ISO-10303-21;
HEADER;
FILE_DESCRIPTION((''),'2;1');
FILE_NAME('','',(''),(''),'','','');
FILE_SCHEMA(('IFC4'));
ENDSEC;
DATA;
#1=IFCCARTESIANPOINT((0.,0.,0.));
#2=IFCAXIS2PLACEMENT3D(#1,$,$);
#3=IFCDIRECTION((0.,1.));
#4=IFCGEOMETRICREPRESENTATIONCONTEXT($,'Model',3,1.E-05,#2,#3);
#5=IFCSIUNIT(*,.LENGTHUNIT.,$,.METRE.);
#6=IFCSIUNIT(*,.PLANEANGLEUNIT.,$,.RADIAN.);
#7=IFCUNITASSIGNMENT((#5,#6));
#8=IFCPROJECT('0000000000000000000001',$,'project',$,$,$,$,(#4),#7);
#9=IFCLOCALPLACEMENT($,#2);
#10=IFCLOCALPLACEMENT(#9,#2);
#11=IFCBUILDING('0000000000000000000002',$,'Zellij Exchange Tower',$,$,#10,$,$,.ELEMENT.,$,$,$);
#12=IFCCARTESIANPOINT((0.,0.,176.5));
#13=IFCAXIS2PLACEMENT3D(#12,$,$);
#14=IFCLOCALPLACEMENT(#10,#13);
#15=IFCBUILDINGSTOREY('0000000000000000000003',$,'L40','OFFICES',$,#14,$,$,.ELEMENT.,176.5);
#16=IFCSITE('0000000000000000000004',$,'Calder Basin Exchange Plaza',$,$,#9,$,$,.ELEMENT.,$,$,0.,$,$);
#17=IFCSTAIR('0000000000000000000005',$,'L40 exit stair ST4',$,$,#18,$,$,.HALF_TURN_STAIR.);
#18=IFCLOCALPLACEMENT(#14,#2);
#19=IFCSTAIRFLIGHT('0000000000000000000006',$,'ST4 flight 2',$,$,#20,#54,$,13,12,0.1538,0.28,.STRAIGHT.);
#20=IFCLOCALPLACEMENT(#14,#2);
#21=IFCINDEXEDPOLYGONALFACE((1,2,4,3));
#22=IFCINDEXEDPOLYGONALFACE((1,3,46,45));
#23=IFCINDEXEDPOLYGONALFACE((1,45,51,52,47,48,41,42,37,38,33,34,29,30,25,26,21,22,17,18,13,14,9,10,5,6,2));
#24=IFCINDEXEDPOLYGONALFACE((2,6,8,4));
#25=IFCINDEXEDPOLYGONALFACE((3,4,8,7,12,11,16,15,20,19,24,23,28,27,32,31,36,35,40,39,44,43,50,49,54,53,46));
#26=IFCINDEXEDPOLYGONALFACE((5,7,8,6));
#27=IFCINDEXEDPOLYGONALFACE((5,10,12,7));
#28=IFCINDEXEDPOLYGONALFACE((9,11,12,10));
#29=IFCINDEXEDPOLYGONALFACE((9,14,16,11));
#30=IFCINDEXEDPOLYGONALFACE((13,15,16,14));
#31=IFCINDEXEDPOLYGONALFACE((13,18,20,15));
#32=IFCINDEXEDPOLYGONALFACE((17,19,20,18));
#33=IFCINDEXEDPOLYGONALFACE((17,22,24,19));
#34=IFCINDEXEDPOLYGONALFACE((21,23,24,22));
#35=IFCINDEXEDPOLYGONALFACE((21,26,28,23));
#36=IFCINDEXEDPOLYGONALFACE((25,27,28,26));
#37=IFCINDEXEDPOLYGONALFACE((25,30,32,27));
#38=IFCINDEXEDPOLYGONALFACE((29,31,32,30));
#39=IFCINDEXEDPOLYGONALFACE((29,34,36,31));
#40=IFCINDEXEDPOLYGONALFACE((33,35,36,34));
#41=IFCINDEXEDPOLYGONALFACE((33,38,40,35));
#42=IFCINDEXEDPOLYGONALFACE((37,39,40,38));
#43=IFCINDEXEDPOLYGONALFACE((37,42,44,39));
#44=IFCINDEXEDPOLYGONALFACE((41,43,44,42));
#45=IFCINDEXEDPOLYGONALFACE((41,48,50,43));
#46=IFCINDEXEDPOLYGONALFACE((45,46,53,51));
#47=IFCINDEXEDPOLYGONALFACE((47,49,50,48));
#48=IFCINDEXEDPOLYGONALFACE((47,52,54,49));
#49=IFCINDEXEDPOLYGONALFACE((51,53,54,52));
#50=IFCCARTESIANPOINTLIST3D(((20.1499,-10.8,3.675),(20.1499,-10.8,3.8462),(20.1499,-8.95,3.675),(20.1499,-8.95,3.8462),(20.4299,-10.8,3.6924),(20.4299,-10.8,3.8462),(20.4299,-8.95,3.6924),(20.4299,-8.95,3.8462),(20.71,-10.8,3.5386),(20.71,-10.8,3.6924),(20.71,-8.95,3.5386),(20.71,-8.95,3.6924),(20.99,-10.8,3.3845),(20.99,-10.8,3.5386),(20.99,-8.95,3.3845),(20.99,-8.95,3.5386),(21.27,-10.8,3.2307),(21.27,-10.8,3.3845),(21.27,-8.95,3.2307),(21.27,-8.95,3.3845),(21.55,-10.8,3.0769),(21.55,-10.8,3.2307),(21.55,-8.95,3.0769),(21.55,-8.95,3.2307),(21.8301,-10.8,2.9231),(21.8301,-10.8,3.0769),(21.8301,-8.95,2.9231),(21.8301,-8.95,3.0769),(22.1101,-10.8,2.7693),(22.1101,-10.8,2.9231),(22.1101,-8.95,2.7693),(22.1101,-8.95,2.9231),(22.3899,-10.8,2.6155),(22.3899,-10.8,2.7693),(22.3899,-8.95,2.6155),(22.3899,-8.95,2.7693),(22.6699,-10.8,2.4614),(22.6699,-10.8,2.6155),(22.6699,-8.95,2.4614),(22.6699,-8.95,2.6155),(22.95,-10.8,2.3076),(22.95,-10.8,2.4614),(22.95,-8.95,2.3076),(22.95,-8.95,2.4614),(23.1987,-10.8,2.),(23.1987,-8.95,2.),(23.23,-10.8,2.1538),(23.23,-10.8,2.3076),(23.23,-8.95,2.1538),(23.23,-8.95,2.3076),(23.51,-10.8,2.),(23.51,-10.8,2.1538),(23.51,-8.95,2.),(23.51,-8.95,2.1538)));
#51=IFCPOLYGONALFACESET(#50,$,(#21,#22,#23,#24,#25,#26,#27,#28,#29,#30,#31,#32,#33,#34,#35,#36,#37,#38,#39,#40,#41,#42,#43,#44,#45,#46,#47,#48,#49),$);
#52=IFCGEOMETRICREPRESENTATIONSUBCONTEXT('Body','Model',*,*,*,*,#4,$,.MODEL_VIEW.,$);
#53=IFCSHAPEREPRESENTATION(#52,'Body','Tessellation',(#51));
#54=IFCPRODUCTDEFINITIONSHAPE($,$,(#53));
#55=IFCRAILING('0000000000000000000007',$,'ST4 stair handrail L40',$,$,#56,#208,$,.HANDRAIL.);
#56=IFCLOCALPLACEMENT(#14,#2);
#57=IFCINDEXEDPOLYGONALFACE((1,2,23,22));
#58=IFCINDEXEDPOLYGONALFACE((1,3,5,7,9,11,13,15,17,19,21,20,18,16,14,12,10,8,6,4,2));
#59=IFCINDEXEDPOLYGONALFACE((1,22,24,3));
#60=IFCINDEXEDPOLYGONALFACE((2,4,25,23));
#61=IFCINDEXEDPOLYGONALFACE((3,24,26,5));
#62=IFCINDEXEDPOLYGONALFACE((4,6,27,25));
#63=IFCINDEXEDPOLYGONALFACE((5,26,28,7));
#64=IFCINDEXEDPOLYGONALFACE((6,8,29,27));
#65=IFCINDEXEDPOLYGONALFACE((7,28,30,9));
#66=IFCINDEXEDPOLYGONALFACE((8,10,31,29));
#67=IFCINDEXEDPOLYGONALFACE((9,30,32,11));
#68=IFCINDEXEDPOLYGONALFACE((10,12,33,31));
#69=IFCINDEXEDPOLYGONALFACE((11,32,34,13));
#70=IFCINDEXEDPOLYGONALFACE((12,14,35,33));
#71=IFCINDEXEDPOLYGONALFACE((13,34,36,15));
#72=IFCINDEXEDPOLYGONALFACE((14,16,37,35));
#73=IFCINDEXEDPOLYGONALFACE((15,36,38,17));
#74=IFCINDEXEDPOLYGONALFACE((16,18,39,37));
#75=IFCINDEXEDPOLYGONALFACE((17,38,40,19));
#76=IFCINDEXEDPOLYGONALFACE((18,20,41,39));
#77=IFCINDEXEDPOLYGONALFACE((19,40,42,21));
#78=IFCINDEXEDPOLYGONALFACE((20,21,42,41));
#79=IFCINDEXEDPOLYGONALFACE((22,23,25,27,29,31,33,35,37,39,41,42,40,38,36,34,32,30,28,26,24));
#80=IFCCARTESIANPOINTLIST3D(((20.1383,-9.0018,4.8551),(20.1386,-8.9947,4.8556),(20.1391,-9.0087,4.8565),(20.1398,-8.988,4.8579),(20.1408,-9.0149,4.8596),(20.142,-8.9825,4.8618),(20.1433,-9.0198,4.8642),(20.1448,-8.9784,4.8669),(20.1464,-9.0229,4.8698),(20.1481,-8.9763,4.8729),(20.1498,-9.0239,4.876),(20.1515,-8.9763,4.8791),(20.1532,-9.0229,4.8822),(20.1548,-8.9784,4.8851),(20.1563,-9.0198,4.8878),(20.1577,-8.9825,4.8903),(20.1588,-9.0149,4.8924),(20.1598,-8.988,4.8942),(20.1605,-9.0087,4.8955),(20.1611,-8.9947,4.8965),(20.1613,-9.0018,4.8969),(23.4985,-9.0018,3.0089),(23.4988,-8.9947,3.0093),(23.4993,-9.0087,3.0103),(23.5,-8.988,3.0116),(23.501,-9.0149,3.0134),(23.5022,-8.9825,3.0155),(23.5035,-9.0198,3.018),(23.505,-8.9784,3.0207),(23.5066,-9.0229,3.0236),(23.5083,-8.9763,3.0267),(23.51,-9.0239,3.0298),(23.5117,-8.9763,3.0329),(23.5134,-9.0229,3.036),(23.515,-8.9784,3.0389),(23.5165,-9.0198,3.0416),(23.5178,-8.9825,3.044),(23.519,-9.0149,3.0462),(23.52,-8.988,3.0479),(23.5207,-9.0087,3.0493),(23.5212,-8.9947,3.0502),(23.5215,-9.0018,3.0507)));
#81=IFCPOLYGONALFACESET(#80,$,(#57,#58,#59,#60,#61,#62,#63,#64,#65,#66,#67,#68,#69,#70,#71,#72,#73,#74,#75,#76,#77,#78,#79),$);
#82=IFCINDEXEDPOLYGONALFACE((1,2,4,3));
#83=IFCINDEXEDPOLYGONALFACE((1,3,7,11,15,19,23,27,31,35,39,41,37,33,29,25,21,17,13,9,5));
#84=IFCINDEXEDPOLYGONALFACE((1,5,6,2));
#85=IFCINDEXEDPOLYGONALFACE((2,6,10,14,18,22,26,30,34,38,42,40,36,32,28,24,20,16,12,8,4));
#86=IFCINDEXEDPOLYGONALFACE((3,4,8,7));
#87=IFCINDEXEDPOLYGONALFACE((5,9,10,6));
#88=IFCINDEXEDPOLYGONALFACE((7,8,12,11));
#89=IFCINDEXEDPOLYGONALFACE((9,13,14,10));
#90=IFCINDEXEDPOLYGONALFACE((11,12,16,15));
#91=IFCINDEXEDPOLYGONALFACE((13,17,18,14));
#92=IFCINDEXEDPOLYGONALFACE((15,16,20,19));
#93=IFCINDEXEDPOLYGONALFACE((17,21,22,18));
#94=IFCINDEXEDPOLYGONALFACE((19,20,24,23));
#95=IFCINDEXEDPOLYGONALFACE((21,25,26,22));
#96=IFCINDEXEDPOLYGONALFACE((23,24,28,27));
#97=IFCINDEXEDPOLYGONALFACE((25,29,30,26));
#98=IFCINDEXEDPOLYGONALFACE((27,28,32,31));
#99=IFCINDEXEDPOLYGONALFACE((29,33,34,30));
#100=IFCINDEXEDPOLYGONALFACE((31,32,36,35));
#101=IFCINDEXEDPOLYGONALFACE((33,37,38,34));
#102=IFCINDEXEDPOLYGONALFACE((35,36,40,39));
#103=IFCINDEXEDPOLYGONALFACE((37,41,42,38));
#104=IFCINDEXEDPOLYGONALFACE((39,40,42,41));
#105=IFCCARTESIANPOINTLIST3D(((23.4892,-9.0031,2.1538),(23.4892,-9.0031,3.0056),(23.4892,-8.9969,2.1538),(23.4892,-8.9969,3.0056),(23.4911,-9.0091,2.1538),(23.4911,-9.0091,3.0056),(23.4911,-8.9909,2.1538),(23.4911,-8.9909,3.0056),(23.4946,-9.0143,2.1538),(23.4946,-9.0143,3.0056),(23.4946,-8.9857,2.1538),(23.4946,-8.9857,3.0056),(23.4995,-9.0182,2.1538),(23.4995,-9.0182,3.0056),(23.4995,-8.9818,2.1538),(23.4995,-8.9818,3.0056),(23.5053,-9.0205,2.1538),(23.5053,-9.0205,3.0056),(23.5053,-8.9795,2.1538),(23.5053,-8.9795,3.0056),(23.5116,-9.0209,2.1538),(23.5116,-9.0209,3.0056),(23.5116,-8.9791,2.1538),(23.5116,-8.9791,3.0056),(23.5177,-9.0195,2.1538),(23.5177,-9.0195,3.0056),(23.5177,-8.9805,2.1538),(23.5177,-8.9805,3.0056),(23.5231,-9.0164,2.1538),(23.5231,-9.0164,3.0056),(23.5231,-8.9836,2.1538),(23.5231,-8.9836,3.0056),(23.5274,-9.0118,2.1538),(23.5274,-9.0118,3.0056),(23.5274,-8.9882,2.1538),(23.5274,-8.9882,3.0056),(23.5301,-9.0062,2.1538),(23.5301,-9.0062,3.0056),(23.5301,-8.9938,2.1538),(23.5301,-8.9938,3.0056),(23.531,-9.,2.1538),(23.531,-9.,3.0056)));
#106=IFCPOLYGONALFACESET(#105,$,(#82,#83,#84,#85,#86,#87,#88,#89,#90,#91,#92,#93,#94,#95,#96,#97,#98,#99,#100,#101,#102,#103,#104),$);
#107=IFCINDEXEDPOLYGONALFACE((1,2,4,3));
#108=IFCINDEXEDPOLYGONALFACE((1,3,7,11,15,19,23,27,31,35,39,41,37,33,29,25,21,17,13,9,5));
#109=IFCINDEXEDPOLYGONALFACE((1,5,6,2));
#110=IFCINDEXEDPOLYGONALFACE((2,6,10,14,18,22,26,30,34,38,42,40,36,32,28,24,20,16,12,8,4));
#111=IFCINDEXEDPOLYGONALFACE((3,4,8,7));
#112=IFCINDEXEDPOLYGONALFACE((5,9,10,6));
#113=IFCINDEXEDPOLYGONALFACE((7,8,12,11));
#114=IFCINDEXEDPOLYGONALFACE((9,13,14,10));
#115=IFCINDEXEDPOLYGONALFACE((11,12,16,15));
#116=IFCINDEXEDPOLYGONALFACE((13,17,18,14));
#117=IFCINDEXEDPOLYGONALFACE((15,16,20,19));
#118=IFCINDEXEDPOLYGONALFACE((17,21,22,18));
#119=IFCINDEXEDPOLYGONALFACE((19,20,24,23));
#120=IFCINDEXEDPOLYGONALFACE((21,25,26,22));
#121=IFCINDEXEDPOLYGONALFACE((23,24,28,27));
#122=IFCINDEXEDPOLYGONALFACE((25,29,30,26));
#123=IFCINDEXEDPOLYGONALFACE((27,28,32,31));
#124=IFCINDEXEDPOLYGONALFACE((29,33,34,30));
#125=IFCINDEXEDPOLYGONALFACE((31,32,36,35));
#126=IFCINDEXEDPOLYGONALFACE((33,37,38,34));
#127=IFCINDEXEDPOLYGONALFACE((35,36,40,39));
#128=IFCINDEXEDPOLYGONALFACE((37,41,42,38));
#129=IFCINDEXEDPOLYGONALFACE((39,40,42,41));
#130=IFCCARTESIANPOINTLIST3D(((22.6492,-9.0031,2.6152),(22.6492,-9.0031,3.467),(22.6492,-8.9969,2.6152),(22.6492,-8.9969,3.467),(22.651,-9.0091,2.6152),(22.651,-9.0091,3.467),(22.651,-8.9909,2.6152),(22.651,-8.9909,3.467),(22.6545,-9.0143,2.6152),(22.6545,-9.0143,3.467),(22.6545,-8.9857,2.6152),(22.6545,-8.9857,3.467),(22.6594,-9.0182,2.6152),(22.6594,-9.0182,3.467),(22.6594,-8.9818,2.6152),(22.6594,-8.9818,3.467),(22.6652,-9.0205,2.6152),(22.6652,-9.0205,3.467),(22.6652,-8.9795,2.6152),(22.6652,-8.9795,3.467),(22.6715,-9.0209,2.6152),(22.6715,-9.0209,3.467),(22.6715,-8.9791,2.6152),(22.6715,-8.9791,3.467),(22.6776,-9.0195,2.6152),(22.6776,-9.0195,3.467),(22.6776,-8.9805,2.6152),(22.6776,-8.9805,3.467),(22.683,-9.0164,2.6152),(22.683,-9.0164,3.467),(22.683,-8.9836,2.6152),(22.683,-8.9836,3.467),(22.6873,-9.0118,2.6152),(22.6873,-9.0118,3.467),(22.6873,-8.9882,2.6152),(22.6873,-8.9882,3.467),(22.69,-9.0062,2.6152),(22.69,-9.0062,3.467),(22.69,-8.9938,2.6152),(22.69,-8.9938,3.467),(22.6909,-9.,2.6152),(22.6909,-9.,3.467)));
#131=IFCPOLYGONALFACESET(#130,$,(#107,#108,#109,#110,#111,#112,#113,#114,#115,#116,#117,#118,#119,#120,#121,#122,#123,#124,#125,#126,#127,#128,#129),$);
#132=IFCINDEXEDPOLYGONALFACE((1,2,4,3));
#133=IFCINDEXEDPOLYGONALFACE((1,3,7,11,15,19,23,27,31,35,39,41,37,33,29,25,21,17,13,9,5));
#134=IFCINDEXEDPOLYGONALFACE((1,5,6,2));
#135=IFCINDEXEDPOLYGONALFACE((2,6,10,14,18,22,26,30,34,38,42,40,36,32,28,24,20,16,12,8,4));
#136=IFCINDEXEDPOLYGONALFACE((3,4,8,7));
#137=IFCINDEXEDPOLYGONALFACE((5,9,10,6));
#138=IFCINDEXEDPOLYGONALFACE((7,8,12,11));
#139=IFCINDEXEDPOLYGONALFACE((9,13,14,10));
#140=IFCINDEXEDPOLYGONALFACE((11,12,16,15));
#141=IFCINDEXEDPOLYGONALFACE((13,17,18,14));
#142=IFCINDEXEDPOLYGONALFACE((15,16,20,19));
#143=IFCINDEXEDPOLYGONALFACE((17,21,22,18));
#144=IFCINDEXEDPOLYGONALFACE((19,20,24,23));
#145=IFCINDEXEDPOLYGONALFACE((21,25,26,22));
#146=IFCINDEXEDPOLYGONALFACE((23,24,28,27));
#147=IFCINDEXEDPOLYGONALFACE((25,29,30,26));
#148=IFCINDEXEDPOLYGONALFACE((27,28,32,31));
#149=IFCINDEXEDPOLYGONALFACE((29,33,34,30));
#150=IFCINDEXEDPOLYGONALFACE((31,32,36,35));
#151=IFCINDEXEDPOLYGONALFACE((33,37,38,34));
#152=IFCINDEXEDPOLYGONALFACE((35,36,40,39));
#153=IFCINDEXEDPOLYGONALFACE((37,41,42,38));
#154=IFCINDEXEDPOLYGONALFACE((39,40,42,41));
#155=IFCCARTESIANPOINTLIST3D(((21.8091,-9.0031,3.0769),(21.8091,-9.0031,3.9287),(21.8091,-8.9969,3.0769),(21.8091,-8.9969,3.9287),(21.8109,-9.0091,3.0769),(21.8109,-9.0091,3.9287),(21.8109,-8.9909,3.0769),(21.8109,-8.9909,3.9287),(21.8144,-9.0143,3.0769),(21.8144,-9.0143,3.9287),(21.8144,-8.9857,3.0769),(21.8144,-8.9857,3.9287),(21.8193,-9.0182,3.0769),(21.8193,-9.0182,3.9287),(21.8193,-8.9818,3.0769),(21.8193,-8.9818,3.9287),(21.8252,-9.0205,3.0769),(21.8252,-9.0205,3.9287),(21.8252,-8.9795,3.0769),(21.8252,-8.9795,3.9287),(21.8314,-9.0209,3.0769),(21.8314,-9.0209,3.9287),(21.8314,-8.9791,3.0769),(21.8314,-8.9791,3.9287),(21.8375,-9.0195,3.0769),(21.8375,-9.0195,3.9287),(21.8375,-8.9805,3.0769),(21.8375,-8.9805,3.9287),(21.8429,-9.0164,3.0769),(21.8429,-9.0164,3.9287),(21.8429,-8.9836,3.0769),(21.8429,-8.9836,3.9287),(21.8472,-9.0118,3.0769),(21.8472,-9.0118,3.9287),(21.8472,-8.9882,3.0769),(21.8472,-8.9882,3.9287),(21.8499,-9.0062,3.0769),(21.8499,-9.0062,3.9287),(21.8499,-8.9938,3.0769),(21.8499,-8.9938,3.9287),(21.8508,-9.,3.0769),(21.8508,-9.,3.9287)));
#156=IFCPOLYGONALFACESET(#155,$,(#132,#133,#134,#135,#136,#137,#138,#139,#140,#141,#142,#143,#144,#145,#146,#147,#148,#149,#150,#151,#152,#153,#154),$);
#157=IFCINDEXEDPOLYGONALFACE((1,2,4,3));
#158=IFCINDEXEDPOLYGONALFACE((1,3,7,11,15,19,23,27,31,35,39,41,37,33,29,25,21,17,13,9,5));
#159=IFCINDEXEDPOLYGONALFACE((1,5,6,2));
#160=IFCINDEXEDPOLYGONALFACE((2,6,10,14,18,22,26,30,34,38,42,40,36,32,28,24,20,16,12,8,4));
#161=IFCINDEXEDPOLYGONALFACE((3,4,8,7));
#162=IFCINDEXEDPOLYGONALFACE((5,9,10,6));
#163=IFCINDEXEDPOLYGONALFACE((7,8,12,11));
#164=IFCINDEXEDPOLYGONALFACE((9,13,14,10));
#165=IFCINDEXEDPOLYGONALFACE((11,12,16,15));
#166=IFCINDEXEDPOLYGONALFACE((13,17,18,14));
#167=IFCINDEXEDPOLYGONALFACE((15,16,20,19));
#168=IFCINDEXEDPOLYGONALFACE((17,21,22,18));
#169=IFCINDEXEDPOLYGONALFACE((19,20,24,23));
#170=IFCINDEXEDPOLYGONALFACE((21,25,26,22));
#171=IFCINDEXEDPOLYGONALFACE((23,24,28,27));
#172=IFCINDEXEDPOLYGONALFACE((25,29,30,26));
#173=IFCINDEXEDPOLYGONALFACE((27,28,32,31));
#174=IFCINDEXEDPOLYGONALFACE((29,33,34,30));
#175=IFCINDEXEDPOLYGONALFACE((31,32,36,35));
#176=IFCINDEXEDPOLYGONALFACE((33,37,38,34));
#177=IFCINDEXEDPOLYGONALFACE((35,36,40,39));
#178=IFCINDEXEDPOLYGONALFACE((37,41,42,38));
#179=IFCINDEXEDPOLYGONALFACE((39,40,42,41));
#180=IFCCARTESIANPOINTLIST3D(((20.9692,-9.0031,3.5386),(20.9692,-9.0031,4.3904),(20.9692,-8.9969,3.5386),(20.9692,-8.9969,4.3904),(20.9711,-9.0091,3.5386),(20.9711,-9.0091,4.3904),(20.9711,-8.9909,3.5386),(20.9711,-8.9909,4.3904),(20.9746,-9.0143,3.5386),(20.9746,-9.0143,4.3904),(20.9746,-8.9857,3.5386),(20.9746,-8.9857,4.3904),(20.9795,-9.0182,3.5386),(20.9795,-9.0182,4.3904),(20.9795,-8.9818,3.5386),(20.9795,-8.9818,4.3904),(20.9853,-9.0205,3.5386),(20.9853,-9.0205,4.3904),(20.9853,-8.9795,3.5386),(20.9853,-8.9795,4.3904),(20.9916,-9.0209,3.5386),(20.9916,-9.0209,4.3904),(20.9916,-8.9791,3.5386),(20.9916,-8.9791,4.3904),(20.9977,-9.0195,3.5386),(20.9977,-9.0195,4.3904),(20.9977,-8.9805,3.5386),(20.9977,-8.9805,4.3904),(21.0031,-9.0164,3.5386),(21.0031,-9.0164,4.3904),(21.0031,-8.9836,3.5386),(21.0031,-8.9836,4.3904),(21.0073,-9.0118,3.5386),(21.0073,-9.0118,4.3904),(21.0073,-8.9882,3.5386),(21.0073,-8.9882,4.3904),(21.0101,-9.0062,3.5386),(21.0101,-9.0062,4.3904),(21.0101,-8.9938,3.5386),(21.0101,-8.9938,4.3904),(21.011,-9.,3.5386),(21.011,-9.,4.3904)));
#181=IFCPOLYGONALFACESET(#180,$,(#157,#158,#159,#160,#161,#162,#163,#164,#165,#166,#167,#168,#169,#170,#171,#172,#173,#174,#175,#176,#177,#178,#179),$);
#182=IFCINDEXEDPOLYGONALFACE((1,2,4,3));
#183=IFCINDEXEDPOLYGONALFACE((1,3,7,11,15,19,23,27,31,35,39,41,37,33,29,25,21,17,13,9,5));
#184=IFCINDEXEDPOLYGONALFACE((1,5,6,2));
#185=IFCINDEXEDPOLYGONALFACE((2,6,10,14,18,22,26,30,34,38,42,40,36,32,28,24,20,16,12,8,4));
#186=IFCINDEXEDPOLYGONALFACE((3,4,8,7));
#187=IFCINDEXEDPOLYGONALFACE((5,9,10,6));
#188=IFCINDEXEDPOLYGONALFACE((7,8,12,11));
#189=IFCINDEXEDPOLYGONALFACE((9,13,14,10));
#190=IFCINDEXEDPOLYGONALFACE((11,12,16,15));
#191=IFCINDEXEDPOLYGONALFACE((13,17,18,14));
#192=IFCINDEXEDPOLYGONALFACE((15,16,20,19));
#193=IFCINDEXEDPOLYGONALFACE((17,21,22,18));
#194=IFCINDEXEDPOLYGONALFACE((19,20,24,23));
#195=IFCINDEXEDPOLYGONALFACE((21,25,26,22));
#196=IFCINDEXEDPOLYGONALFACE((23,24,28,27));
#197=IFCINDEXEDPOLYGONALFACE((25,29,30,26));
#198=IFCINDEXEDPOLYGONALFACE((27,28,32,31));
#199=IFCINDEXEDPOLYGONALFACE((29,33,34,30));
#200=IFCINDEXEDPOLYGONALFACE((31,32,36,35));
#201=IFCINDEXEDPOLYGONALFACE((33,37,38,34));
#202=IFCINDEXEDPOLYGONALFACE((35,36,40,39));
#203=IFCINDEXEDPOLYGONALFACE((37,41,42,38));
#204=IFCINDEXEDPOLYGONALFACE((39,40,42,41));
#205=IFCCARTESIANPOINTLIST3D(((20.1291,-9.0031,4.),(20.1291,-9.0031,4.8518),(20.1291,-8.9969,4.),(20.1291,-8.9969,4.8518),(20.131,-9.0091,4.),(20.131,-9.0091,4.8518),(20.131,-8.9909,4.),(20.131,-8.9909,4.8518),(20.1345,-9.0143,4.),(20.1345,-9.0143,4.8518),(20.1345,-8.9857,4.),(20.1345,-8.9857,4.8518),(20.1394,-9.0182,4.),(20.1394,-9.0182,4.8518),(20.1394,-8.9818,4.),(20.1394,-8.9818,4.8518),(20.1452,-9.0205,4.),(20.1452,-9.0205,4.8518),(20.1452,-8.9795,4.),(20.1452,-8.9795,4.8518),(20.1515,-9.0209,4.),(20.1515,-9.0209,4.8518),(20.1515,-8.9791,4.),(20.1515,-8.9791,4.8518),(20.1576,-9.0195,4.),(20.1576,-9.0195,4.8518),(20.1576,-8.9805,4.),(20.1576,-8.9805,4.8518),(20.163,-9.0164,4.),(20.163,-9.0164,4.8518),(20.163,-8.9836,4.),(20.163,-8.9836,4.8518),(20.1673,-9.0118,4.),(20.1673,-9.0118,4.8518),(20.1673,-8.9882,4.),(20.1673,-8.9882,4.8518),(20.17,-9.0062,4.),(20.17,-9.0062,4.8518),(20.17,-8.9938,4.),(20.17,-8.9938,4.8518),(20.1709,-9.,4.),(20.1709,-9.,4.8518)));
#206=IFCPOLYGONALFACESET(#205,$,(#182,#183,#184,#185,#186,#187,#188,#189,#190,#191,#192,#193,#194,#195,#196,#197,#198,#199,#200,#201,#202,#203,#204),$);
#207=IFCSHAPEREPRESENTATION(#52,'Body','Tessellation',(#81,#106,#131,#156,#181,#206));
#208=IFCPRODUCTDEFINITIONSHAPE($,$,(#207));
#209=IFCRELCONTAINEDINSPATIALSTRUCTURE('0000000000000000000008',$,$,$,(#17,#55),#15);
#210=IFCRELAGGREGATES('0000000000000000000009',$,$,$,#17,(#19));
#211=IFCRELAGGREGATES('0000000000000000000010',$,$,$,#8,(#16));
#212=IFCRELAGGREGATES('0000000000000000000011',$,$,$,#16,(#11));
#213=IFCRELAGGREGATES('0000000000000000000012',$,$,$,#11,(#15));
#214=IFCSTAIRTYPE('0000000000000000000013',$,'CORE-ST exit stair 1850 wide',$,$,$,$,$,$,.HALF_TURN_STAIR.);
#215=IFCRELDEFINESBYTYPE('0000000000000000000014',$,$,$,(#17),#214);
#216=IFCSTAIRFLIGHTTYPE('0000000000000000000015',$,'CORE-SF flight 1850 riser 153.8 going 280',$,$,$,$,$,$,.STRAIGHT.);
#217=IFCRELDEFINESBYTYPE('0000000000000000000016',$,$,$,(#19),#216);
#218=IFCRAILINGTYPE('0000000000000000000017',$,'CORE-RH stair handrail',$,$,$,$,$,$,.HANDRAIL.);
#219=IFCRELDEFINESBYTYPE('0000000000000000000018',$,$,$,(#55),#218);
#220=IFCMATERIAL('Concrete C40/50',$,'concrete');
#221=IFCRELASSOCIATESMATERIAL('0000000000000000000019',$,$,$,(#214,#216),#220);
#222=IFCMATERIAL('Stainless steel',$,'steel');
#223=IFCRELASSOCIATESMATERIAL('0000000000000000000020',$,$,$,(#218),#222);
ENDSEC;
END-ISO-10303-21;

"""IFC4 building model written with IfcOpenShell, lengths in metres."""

from ifc_helpers import new_model, si_unit, direction, frame, origin, origin_2d, place, context, subcontext, project, spatial, polyline, circle, outline, extrude, material, type_object, element, aggregate, save


model = new_model("IFC4")

# Units and contexts
model_context = context("Model", 3, precision=1e-05, world=origin(), true_north=direction((0.0, 1.0)))
body_context = subcontext(model_context, "Body", "Model", "MODEL_VIEW")
ifc_project = project(units=[si_unit("LENGTHUNIT", "METRE"), si_unit("PLANEANGLEUNIT", "RADIAN")], contexts=[model_context])

# Site, building, storey
site_placement = place(None, origin())
site = spatial("IfcSite", under=ifc_project, at=site_placement, Name="Calder Basin Exchange Plaza", CompositionType="ELEMENT", RefElevation=0.0)
building_placement = place(site_placement, origin())
building = spatial("IfcBuilding", under=site, at=building_placement, Name="Zellij Exchange Tower", CompositionType="ELEMENT")
storey_placement = place(building_placement, frame((0.0, 0.0, 176.5)))
storey = spatial("IfcBuildingStorey", under=building, at=storey_placement, Name="L40", Description="OFFICES", CompositionType="ELEMENT", Elevation=176.5)

# Stair, stair flight
ifc_material_1 = material(Name="Concrete C40/50", Category="concrete")
stair_type = type_object("IfcStairType", Name="CORE-ST exit stair 1850 wide", PredefinedType="HALF_TURN_STAIR", material=ifc_material_1)
stair_placement = place(storey_placement, origin())
stair = element("IfcStair", 1, at=stair_placement, inside=storey, type_object=stair_type, Name="L40 exit stair ST4", PredefinedType="HALF_TURN_STAIR")
stair_flight_type = type_object("IfcStairFlightType", Name="CORE-SF flight 1850 riser 153.8 going 280", PredefinedType="STRAIGHT", material=ifc_material_1)
stair_flight_placement = place(storey_placement, frame((23.51, -9.875, 2.0), z_axis=(0.0, 0.0, 1.0), x_axis=(-1.0, 0.0, 0.0)))
stair_flight = element("IfcStairFlight", 2, at=stair_flight_placement, type_object=stair_flight_type, Name="ST4 flight 2", NumberOfRisers=13, NumberOfTreads=12, PredefinedType="STRAIGHT", RiserHeight=0.1538, TreadLength=0.28, context=body_context, shape_type="SweptSolid", body=[
    extrude(outline(polyline([(0.0, 0.0), (0.0, 0.1538), (0.28, 0.1538), (0.28, 0.3076), (0.5601, 0.3076), (0.5601, 0.4614), (0.8401, 0.4614), (0.8401, 0.6155), (1.1201, 0.6155), (1.1201, 0.7693), (1.3999, 0.7693), (1.3999, 0.9231), (1.6799, 0.9231), (1.6799, 1.0769), (1.96, 1.0769), (1.96, 1.2307), (2.24, 1.2307), (2.24, 1.3845), (2.52, 1.3845), (2.52, 1.5386), (2.8, 1.5386), (2.8, 1.6924), (3.0801, 1.6924), (3.0801, 1.8462), (3.3601, 1.8462), (3.3601, 2.0), (3.3601, 1.675), (0.3113, 0.0), (0.0, 0.0)])), frame((0.0, 0.925, 0.0), z_axis=(0.0, -1.0, 0.0), x_axis=(1.0, 0.0, 0.0)), (0.0, 0.0, 1.0), 1.8501),
])
aggregate(stair, [stair_flight])

# Railing
ifc_material_2 = material(Name="Stainless steel", Category="steel")
railing_type = type_object("IfcRailingType", Name="CORE-RH stair handrail", PredefinedType="HANDRAIL", material=ifc_material_2)
railing_placement = place(storey_placement, frame((23.51, -9.0, 2.1538)))
element("IfcRailing", 3, at=railing_placement, inside=storey, type_object=railing_type, Name="ST4 stair handrail L40", PredefinedType="HANDRAIL", context=body_context, shape_type="SweptSolid", body=[
    extrude(circle(Radius=0.0239, at=origin_2d()), frame((0.0, 0.0, 0.876), z_axis=(-0.876422, 0.0, 0.481545), x_axis=(0.0, -1.0, 0.0)), (0.0, 0.0, 1.0), 3.834),
    extrude(circle(Radius=0.021, at=origin_2d()), origin(), (0.0, 0.0, 1.0), 0.8518),
    extrude(circle(Radius=0.021, at=origin_2d()), frame((-0.8401, 0.0, 0.4614)), (0.0, 0.0, 1.0), 0.8518),
    extrude(circle(Radius=0.021, at=origin_2d()), frame((-1.6802, 0.0, 0.9231)), (0.0, 0.0, 1.0), 0.8518),
    extrude(circle(Radius=0.021, at=origin_2d()), frame((-2.52, 0.0, 1.3848)), (0.0, 0.0, 1.0), 0.8518),
    extrude(circle(Radius=0.021, at=origin_2d()), frame((-3.3601, 0.0, 1.8462)), (0.0, 0.0, 1.0), 0.8518),
])

save(model, "model.ifc")
